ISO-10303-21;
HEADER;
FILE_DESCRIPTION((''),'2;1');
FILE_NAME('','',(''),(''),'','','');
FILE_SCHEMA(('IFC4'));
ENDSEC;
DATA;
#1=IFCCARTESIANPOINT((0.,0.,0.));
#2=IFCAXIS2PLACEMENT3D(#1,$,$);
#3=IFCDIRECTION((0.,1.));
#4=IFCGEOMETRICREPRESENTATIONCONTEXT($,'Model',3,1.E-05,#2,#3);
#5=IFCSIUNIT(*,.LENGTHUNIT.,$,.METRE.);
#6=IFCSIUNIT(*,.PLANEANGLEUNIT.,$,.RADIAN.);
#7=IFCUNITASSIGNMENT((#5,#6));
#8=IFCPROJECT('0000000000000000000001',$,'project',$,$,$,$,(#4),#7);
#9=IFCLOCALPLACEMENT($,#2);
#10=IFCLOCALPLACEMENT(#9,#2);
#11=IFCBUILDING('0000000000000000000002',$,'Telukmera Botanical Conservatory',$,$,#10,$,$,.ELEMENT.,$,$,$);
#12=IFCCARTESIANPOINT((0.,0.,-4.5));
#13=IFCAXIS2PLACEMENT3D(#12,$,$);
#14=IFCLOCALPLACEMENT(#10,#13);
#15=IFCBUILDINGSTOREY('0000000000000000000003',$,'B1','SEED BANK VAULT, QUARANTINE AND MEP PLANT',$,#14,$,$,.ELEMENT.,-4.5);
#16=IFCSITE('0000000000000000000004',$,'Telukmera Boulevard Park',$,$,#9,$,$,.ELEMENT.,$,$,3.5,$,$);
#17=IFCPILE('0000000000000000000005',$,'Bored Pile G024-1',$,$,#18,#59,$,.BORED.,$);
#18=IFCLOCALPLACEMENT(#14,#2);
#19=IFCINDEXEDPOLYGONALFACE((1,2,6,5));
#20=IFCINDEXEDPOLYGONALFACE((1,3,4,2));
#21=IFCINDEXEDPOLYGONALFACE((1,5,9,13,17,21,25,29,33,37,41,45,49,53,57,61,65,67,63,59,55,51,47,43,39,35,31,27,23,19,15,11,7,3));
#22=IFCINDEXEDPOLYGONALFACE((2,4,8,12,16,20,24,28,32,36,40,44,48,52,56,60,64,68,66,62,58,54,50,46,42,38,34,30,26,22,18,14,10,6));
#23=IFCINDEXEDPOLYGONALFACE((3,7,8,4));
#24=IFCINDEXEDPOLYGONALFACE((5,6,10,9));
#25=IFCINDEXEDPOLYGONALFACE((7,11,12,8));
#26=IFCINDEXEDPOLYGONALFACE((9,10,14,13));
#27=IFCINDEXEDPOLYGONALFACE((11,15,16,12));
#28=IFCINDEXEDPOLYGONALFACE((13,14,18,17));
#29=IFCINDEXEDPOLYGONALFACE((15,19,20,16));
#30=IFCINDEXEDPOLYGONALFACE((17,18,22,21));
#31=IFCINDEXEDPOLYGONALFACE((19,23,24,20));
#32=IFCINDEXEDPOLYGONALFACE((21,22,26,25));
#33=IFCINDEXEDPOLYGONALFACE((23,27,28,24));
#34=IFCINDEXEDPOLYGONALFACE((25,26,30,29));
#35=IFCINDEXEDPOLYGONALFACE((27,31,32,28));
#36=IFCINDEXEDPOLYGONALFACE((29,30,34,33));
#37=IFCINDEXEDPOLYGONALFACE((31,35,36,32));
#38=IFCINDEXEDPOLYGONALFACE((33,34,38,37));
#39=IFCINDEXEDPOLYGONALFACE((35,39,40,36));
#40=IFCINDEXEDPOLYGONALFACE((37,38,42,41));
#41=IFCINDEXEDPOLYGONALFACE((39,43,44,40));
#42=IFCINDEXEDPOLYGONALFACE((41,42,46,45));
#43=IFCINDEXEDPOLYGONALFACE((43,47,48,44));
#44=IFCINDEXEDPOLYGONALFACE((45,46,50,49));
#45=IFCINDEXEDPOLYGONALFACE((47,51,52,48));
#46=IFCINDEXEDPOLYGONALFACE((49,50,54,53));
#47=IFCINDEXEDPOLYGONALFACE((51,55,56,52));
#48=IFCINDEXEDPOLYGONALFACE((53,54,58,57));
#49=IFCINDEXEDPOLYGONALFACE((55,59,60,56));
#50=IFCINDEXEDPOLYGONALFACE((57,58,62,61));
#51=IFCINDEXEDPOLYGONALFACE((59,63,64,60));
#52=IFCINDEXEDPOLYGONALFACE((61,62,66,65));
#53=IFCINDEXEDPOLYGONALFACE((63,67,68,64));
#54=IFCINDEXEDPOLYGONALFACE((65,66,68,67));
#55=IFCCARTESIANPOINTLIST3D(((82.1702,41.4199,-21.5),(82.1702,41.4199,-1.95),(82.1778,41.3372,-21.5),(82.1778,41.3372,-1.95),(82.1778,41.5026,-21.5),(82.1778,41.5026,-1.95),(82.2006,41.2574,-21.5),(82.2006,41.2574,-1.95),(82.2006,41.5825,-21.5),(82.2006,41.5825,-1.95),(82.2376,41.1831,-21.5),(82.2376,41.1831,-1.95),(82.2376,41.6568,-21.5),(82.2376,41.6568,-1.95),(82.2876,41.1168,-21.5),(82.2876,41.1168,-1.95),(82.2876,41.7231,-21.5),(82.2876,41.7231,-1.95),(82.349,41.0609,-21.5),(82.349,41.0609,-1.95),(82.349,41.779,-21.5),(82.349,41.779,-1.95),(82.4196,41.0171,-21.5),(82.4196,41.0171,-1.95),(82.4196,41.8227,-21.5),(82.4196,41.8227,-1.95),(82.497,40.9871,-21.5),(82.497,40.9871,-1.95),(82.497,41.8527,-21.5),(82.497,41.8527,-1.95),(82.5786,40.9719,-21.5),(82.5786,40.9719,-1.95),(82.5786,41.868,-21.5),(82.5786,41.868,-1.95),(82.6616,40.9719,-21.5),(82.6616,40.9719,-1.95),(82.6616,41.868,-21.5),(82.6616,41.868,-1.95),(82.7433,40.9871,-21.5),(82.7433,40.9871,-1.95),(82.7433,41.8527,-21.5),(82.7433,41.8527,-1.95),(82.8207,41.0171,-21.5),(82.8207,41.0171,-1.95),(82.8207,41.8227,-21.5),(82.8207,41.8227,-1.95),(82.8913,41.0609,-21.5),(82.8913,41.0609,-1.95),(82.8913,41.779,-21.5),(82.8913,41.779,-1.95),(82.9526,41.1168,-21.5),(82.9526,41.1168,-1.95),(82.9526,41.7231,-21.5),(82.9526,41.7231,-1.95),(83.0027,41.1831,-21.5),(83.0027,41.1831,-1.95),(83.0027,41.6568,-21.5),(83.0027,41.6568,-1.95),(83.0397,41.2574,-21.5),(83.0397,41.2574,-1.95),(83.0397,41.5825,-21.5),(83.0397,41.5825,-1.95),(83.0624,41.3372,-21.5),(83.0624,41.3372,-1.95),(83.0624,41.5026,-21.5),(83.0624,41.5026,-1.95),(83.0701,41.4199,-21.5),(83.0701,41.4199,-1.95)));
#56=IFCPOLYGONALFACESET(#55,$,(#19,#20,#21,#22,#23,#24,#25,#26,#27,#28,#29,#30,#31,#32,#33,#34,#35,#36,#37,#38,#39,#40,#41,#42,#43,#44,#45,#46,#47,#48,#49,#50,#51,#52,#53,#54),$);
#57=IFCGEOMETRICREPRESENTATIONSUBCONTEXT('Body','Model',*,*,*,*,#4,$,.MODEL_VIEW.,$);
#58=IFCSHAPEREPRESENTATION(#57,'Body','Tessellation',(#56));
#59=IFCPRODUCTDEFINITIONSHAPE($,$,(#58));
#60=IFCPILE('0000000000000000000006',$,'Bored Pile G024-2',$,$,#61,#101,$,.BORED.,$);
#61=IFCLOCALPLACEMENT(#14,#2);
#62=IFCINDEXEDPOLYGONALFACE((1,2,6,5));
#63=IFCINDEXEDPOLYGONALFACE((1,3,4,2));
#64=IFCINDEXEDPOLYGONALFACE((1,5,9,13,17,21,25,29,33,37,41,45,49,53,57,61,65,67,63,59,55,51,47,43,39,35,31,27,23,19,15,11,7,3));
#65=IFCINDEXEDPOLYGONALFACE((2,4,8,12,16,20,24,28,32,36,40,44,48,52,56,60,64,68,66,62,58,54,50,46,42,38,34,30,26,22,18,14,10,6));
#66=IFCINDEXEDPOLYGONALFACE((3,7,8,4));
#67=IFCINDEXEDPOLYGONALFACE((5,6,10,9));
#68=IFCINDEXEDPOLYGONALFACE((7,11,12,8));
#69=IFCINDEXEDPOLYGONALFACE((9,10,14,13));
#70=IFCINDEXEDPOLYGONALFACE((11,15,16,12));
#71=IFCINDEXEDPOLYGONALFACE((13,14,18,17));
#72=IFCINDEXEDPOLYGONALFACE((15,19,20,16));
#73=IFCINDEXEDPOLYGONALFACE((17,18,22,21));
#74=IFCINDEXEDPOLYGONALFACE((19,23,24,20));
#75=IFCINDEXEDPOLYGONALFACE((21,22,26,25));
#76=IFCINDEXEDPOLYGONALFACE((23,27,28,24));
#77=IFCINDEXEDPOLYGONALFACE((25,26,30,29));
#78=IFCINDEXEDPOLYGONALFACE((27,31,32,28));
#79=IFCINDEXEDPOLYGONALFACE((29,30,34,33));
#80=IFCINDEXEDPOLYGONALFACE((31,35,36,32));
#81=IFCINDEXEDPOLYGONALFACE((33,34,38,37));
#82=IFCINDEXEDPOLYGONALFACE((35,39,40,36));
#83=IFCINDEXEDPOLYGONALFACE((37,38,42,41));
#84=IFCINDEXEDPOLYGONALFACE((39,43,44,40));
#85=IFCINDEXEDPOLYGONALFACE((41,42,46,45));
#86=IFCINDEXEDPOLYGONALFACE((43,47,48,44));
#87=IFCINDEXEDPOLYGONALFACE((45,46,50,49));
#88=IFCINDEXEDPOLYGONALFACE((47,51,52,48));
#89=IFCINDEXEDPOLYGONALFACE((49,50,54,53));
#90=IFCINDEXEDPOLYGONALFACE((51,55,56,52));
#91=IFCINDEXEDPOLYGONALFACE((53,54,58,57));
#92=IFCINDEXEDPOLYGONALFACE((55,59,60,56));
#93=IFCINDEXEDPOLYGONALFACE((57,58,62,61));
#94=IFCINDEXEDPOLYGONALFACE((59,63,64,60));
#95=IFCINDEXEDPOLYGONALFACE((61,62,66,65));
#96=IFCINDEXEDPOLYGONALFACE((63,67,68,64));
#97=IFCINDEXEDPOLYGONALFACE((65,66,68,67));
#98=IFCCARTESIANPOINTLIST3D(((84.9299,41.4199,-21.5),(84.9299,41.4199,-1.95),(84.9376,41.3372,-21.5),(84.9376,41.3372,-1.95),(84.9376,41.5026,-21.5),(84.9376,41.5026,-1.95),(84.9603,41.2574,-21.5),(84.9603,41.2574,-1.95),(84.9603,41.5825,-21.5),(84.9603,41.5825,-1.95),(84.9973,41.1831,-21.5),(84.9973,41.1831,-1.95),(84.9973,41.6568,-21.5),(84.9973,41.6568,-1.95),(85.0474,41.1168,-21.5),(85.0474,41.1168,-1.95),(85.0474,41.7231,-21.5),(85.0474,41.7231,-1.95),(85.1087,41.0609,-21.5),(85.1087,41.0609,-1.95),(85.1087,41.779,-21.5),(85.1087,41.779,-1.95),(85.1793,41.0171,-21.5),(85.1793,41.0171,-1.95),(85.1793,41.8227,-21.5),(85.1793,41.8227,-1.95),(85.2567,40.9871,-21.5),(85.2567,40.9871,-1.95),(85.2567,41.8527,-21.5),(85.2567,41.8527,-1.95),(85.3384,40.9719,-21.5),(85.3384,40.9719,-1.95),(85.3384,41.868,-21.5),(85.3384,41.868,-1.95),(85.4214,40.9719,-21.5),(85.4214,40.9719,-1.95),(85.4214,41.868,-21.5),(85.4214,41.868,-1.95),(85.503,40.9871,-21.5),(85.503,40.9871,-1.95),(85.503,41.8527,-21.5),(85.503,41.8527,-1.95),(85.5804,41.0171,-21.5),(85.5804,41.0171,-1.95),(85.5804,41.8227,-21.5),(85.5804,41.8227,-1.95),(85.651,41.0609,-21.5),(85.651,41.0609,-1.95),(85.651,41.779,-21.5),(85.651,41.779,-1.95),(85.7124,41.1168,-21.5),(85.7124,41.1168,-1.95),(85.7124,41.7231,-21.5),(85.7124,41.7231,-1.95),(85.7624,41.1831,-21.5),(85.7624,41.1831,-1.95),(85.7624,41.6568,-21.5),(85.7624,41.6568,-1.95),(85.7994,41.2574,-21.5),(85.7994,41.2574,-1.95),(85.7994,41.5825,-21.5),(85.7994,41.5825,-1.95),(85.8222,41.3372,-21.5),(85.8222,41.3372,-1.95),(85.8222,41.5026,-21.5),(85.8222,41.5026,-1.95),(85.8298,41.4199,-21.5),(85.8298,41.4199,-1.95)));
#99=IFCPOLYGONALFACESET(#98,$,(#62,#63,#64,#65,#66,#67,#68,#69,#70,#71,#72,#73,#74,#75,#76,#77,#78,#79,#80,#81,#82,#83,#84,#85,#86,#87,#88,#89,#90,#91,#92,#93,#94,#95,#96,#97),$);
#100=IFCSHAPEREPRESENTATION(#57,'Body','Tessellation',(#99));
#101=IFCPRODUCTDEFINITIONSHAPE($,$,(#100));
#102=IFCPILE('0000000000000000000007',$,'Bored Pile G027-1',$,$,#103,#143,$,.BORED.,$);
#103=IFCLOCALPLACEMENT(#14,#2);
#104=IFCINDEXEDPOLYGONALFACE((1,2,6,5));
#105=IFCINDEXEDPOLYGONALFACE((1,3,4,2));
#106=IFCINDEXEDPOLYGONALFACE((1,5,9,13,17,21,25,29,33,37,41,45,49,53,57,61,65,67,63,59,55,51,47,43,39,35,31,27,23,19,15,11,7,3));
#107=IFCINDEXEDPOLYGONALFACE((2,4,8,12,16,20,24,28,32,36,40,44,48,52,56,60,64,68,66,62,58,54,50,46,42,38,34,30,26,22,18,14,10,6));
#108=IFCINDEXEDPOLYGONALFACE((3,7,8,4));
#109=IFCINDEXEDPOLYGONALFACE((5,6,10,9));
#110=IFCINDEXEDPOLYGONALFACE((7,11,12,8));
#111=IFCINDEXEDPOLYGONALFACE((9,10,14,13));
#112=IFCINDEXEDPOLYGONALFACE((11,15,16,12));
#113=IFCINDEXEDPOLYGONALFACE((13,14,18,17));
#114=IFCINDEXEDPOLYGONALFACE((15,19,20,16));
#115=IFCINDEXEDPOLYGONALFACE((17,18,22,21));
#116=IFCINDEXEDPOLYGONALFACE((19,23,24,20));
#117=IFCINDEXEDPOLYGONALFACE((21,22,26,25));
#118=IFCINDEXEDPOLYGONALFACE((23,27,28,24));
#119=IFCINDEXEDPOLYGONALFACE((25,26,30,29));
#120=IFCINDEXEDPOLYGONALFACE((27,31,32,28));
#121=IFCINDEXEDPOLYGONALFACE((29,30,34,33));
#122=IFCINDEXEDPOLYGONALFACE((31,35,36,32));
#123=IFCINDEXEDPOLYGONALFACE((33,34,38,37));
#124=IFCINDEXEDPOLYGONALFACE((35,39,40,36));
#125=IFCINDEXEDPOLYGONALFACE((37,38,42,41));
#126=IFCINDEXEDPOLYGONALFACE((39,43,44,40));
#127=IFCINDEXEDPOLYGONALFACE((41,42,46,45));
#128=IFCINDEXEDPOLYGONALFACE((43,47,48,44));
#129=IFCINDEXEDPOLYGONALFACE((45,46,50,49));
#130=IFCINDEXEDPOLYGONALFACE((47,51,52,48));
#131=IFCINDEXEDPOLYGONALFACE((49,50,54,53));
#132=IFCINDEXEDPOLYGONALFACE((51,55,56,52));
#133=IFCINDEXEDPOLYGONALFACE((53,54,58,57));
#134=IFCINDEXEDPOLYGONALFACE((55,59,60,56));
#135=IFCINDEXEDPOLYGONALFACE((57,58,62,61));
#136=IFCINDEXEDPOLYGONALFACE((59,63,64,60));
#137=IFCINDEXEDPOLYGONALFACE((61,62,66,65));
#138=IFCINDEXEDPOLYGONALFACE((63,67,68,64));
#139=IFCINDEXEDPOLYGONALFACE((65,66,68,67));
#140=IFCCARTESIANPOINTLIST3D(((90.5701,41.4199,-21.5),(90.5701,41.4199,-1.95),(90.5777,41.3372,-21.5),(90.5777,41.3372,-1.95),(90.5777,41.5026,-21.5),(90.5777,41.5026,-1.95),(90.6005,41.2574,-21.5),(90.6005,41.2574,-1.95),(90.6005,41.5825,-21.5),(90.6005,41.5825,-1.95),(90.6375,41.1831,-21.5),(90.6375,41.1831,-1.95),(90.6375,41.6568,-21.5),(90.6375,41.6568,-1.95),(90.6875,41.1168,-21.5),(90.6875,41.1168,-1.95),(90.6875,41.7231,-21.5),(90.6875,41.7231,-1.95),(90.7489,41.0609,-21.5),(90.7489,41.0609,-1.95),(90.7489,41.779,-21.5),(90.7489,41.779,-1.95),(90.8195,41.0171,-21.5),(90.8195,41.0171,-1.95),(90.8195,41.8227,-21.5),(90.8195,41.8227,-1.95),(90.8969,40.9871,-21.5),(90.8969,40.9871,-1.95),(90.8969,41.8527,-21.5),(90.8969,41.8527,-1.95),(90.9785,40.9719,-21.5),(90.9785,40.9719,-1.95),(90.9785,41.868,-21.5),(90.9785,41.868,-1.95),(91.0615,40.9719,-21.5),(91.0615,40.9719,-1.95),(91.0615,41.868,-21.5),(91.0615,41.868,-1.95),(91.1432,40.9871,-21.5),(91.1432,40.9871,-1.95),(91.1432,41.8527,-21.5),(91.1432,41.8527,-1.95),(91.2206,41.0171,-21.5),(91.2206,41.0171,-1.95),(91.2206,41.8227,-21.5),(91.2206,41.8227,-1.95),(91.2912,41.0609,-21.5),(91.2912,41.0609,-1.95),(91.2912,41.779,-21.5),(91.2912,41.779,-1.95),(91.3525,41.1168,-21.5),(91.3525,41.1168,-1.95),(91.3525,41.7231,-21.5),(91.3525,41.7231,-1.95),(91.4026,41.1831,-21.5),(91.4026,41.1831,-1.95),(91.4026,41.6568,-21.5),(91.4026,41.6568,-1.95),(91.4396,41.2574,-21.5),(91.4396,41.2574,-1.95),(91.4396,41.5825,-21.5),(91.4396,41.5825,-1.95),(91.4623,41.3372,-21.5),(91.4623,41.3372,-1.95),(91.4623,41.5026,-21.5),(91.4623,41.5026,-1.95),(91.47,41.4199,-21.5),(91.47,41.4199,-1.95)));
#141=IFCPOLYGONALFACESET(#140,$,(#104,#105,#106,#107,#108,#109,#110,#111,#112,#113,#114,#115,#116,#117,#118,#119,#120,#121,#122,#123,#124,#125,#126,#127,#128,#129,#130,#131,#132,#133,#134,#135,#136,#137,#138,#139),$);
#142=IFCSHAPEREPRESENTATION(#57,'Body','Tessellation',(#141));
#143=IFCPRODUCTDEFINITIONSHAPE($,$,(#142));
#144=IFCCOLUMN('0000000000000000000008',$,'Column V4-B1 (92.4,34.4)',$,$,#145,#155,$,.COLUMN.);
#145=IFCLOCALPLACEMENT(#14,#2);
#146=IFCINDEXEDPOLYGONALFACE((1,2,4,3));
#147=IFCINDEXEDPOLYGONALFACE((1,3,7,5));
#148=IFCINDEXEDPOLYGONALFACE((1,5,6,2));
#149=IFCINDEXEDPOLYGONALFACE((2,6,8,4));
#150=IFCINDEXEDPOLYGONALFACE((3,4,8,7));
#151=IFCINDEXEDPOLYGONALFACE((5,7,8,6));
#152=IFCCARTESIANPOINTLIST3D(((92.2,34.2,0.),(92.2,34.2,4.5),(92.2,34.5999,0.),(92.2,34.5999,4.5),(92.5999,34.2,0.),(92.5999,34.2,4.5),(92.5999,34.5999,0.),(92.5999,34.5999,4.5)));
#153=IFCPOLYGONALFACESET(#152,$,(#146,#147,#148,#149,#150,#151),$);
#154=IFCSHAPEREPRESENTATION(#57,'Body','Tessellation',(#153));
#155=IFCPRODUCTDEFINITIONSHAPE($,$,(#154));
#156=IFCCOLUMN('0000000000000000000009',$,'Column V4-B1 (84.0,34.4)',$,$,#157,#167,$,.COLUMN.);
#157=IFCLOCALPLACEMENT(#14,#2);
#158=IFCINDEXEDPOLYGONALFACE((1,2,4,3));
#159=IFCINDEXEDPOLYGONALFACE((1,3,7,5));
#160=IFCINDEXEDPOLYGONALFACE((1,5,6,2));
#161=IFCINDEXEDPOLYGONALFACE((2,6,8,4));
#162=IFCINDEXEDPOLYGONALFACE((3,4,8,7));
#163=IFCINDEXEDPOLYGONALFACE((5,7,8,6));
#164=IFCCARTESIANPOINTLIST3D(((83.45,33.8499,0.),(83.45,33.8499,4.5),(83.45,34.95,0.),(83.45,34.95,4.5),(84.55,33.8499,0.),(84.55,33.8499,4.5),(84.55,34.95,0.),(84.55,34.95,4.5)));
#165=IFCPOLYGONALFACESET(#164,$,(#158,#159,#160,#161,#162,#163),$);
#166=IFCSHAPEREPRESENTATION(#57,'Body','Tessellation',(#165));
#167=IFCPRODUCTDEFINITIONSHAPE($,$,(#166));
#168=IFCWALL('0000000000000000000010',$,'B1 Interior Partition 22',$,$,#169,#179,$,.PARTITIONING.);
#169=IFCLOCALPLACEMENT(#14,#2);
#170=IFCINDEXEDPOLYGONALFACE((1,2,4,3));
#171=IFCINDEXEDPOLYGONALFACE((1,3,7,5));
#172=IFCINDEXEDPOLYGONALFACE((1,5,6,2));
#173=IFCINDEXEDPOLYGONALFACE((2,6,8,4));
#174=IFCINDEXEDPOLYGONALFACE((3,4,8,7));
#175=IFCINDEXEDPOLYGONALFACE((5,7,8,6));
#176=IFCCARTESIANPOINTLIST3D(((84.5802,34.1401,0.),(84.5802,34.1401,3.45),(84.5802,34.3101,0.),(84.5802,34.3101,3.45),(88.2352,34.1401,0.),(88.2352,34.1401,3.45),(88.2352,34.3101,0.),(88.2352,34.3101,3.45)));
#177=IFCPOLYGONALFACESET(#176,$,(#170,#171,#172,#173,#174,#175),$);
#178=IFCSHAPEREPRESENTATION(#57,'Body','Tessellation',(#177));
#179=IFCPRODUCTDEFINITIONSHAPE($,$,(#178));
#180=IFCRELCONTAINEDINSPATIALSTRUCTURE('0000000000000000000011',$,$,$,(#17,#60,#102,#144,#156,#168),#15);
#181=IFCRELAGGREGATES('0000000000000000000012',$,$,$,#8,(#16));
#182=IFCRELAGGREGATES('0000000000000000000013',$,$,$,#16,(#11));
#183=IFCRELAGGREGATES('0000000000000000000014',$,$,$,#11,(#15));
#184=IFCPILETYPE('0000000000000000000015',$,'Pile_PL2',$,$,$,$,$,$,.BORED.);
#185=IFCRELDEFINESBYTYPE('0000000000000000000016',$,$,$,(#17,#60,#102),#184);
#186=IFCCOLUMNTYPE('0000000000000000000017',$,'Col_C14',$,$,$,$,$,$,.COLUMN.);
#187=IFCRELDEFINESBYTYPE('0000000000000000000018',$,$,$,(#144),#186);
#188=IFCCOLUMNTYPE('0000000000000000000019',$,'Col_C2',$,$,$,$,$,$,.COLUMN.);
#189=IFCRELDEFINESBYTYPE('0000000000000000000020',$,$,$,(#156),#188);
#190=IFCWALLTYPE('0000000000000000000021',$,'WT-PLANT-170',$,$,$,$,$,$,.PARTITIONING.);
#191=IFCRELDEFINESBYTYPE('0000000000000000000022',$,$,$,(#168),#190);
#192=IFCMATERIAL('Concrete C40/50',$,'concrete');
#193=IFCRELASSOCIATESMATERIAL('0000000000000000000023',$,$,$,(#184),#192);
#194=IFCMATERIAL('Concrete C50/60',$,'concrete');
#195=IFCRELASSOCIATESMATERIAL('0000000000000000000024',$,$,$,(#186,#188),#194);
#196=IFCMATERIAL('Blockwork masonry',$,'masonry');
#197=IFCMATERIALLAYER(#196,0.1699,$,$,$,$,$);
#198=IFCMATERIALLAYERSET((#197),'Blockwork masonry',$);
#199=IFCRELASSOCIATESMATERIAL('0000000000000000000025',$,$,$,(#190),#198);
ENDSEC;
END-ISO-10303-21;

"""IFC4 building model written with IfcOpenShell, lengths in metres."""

from ifc_helpers import new_model, si_unit, direction, frame, frame_2d, origin, origin_2d, place, context, subcontext, project, spatial, rectangle, circle, extrude, material, layer, layer_set, material_profile, profile_set, type_object, element, save


model = new_model("IFC4")

# Units and contexts
model_context = context("Model", 3, precision=1e-05, world=origin(), true_north=direction((0.0, 1.0)))
body_context = subcontext(model_context, "Body", "Model", "MODEL_VIEW")
ifc_project = project(units=[si_unit("LENGTHUNIT", "METRE"), si_unit("PLANEANGLEUNIT", "RADIAN")], contexts=[model_context])

# Site, building, storey
site_placement = place(None, origin())
site = spatial("IfcSite", under=ifc_project, at=site_placement, Name="Telukmera Boulevard Park", CompositionType="ELEMENT", RefElevation=3.5)
building_placement = place(site_placement, origin())
building = spatial("IfcBuilding", under=site, at=building_placement, Name="Telukmera Botanical Conservatory", CompositionType="ELEMENT")
storey_placement = place(building_placement, frame((0.0, 0.0, -4.5)))
storey = spatial("IfcBuildingStorey", under=building, at=storey_placement, Name="B1", Description="SEED BANK VAULT, QUARANTINE AND MEP PLANT", CompositionType="ELEMENT", Elevation=-4.5)

# Shared definitions
ifc_material_1 = material(Name="Concrete C50/60", Category="concrete")
ifc_material_2 = material(Name="Concrete C40/50", Category="concrete")

# Piles
ifc_material_profile_1 = material_profile(ifc_material_2, circle(Radius=0.45, at=origin_2d()), Name="PILE D900")
ifc_profile_set_1 = profile_set([ifc_material_profile_1], Name="Concrete C40/50")
pile_type_1 = type_object("IfcPileType", Name="Pile_PL2", PredefinedType="BORED", material=ifc_profile_set_1)
for number, where, z_axis, x_axis, name in (
    (1, (82.6201, 41.4199, -1.95), (0.0, 0.0, -1.0), (1.0, 0.0, 0.0), "Bored Pile G024-1"),
    (2, (85.3799, 41.4199, -1.95), (0.0, 0.0, -1.0), (1.0, 0.0, 0.0), "Bored Pile G024-2"),
    (3, (91.02, 41.4199, -1.95), (0.0, 0.0, -1.0), (1.0, 0.0, 0.0), "Bored Pile G027-1"),
):
    element("IfcPile", number, at=place(storey_placement, frame(where, z_axis=z_axis, x_axis=x_axis)), inside=storey, type_object=pile_type_1, Name=name, PredefinedType="BORED", context=body_context, shape_type="SweptSolid", body=[
        extrude(circle(Radius=0.45, at=origin_2d()), origin(), (0.0, 0.0, 1.0), 19.55),
    ])

# Columns
ifc_material_profile_2 = material_profile(ifc_material_1, rectangle(XDim=0.3999, YDim=0.3999, at=origin_2d()), Name="RC 400x400")
ifc_profile_set_2 = profile_set([ifc_material_profile_2], Name="Concrete C50/60")
column_type_1 = type_object("IfcColumnType", Name="Col_C14", PredefinedType="COLUMN", material=ifc_profile_set_2)
column_1_placement = place(storey_placement, frame((92.3999, 34.3999, 0.0), z_axis=(0.0, 0.0, 1.0), x_axis=(1.0, 0.0, 0.0)))
element("IfcColumn", 4, at=column_1_placement, inside=storey, type_object=column_type_1, Name="Column V4-B1 (92.4,34.4)", PredefinedType="COLUMN", context=body_context, shape_type="SweptSolid", body=[
    extrude(rectangle(XDim=0.3999, YDim=0.3999, at=origin_2d()), origin(), (0.0, 0.0, 1.0), 4.5),
])
ifc_material_profile_3 = material_profile(ifc_material_1, rectangle(XDim=1.1001, YDim=1.1001, at=origin_2d()), Name="RC 1100x1100")
ifc_profile_set_3 = profile_set([ifc_material_profile_3], Name="Concrete C50/60")
column_type_2 = type_object("IfcColumnType", Name="Col_C2", PredefinedType="COLUMN", material=ifc_profile_set_3)
column_2_placement = place(storey_placement, frame((84.0, 34.3999, 0.0), z_axis=(0.0, 0.0, 1.0), x_axis=(1.0, 0.0, 0.0)))
element("IfcColumn", 5, at=column_2_placement, inside=storey, type_object=column_type_2, Name="Column V4-B1 (84.0,34.4)", PredefinedType="COLUMN", context=body_context, shape_type="SweptSolid", body=[
    extrude(rectangle(XDim=1.1001, YDim=1.1001, at=origin_2d()), origin(), (0.0, 0.0, 1.0), 4.5),
])

# Wall
ifc_material_3 = material(Name="Blockwork masonry", Category="masonry")
ifc_layer = layer(ifc_material_3, 0.1699)
ifc_layer_set = layer_set([ifc_layer], Name="Blockwork masonry")
wall_type = type_object("IfcWallType", Name="WT-PLANT-170", PredefinedType="PARTITIONING", material=ifc_layer_set)
wall_1_placement = place(storey_placement, frame((84.5801, 34.2251, 0.0), z_axis=(0.0, 0.0, 1.0), x_axis=(1.0, 0.0, 0.0)))
element("IfcWall", 6, at=wall_1_placement, inside=storey, type_object=wall_type, Name="B1 Interior Partition 22", PredefinedType="PARTITIONING", context=body_context, shape_type="SweptSolid", body=[
    extrude(rectangle(XDim=3.655, YDim=0.1699, at=frame_2d((1.8276, 0.0))), origin(), (0.0, 0.0, 1.0), 3.45),
])

save(model, "model.ifc")
